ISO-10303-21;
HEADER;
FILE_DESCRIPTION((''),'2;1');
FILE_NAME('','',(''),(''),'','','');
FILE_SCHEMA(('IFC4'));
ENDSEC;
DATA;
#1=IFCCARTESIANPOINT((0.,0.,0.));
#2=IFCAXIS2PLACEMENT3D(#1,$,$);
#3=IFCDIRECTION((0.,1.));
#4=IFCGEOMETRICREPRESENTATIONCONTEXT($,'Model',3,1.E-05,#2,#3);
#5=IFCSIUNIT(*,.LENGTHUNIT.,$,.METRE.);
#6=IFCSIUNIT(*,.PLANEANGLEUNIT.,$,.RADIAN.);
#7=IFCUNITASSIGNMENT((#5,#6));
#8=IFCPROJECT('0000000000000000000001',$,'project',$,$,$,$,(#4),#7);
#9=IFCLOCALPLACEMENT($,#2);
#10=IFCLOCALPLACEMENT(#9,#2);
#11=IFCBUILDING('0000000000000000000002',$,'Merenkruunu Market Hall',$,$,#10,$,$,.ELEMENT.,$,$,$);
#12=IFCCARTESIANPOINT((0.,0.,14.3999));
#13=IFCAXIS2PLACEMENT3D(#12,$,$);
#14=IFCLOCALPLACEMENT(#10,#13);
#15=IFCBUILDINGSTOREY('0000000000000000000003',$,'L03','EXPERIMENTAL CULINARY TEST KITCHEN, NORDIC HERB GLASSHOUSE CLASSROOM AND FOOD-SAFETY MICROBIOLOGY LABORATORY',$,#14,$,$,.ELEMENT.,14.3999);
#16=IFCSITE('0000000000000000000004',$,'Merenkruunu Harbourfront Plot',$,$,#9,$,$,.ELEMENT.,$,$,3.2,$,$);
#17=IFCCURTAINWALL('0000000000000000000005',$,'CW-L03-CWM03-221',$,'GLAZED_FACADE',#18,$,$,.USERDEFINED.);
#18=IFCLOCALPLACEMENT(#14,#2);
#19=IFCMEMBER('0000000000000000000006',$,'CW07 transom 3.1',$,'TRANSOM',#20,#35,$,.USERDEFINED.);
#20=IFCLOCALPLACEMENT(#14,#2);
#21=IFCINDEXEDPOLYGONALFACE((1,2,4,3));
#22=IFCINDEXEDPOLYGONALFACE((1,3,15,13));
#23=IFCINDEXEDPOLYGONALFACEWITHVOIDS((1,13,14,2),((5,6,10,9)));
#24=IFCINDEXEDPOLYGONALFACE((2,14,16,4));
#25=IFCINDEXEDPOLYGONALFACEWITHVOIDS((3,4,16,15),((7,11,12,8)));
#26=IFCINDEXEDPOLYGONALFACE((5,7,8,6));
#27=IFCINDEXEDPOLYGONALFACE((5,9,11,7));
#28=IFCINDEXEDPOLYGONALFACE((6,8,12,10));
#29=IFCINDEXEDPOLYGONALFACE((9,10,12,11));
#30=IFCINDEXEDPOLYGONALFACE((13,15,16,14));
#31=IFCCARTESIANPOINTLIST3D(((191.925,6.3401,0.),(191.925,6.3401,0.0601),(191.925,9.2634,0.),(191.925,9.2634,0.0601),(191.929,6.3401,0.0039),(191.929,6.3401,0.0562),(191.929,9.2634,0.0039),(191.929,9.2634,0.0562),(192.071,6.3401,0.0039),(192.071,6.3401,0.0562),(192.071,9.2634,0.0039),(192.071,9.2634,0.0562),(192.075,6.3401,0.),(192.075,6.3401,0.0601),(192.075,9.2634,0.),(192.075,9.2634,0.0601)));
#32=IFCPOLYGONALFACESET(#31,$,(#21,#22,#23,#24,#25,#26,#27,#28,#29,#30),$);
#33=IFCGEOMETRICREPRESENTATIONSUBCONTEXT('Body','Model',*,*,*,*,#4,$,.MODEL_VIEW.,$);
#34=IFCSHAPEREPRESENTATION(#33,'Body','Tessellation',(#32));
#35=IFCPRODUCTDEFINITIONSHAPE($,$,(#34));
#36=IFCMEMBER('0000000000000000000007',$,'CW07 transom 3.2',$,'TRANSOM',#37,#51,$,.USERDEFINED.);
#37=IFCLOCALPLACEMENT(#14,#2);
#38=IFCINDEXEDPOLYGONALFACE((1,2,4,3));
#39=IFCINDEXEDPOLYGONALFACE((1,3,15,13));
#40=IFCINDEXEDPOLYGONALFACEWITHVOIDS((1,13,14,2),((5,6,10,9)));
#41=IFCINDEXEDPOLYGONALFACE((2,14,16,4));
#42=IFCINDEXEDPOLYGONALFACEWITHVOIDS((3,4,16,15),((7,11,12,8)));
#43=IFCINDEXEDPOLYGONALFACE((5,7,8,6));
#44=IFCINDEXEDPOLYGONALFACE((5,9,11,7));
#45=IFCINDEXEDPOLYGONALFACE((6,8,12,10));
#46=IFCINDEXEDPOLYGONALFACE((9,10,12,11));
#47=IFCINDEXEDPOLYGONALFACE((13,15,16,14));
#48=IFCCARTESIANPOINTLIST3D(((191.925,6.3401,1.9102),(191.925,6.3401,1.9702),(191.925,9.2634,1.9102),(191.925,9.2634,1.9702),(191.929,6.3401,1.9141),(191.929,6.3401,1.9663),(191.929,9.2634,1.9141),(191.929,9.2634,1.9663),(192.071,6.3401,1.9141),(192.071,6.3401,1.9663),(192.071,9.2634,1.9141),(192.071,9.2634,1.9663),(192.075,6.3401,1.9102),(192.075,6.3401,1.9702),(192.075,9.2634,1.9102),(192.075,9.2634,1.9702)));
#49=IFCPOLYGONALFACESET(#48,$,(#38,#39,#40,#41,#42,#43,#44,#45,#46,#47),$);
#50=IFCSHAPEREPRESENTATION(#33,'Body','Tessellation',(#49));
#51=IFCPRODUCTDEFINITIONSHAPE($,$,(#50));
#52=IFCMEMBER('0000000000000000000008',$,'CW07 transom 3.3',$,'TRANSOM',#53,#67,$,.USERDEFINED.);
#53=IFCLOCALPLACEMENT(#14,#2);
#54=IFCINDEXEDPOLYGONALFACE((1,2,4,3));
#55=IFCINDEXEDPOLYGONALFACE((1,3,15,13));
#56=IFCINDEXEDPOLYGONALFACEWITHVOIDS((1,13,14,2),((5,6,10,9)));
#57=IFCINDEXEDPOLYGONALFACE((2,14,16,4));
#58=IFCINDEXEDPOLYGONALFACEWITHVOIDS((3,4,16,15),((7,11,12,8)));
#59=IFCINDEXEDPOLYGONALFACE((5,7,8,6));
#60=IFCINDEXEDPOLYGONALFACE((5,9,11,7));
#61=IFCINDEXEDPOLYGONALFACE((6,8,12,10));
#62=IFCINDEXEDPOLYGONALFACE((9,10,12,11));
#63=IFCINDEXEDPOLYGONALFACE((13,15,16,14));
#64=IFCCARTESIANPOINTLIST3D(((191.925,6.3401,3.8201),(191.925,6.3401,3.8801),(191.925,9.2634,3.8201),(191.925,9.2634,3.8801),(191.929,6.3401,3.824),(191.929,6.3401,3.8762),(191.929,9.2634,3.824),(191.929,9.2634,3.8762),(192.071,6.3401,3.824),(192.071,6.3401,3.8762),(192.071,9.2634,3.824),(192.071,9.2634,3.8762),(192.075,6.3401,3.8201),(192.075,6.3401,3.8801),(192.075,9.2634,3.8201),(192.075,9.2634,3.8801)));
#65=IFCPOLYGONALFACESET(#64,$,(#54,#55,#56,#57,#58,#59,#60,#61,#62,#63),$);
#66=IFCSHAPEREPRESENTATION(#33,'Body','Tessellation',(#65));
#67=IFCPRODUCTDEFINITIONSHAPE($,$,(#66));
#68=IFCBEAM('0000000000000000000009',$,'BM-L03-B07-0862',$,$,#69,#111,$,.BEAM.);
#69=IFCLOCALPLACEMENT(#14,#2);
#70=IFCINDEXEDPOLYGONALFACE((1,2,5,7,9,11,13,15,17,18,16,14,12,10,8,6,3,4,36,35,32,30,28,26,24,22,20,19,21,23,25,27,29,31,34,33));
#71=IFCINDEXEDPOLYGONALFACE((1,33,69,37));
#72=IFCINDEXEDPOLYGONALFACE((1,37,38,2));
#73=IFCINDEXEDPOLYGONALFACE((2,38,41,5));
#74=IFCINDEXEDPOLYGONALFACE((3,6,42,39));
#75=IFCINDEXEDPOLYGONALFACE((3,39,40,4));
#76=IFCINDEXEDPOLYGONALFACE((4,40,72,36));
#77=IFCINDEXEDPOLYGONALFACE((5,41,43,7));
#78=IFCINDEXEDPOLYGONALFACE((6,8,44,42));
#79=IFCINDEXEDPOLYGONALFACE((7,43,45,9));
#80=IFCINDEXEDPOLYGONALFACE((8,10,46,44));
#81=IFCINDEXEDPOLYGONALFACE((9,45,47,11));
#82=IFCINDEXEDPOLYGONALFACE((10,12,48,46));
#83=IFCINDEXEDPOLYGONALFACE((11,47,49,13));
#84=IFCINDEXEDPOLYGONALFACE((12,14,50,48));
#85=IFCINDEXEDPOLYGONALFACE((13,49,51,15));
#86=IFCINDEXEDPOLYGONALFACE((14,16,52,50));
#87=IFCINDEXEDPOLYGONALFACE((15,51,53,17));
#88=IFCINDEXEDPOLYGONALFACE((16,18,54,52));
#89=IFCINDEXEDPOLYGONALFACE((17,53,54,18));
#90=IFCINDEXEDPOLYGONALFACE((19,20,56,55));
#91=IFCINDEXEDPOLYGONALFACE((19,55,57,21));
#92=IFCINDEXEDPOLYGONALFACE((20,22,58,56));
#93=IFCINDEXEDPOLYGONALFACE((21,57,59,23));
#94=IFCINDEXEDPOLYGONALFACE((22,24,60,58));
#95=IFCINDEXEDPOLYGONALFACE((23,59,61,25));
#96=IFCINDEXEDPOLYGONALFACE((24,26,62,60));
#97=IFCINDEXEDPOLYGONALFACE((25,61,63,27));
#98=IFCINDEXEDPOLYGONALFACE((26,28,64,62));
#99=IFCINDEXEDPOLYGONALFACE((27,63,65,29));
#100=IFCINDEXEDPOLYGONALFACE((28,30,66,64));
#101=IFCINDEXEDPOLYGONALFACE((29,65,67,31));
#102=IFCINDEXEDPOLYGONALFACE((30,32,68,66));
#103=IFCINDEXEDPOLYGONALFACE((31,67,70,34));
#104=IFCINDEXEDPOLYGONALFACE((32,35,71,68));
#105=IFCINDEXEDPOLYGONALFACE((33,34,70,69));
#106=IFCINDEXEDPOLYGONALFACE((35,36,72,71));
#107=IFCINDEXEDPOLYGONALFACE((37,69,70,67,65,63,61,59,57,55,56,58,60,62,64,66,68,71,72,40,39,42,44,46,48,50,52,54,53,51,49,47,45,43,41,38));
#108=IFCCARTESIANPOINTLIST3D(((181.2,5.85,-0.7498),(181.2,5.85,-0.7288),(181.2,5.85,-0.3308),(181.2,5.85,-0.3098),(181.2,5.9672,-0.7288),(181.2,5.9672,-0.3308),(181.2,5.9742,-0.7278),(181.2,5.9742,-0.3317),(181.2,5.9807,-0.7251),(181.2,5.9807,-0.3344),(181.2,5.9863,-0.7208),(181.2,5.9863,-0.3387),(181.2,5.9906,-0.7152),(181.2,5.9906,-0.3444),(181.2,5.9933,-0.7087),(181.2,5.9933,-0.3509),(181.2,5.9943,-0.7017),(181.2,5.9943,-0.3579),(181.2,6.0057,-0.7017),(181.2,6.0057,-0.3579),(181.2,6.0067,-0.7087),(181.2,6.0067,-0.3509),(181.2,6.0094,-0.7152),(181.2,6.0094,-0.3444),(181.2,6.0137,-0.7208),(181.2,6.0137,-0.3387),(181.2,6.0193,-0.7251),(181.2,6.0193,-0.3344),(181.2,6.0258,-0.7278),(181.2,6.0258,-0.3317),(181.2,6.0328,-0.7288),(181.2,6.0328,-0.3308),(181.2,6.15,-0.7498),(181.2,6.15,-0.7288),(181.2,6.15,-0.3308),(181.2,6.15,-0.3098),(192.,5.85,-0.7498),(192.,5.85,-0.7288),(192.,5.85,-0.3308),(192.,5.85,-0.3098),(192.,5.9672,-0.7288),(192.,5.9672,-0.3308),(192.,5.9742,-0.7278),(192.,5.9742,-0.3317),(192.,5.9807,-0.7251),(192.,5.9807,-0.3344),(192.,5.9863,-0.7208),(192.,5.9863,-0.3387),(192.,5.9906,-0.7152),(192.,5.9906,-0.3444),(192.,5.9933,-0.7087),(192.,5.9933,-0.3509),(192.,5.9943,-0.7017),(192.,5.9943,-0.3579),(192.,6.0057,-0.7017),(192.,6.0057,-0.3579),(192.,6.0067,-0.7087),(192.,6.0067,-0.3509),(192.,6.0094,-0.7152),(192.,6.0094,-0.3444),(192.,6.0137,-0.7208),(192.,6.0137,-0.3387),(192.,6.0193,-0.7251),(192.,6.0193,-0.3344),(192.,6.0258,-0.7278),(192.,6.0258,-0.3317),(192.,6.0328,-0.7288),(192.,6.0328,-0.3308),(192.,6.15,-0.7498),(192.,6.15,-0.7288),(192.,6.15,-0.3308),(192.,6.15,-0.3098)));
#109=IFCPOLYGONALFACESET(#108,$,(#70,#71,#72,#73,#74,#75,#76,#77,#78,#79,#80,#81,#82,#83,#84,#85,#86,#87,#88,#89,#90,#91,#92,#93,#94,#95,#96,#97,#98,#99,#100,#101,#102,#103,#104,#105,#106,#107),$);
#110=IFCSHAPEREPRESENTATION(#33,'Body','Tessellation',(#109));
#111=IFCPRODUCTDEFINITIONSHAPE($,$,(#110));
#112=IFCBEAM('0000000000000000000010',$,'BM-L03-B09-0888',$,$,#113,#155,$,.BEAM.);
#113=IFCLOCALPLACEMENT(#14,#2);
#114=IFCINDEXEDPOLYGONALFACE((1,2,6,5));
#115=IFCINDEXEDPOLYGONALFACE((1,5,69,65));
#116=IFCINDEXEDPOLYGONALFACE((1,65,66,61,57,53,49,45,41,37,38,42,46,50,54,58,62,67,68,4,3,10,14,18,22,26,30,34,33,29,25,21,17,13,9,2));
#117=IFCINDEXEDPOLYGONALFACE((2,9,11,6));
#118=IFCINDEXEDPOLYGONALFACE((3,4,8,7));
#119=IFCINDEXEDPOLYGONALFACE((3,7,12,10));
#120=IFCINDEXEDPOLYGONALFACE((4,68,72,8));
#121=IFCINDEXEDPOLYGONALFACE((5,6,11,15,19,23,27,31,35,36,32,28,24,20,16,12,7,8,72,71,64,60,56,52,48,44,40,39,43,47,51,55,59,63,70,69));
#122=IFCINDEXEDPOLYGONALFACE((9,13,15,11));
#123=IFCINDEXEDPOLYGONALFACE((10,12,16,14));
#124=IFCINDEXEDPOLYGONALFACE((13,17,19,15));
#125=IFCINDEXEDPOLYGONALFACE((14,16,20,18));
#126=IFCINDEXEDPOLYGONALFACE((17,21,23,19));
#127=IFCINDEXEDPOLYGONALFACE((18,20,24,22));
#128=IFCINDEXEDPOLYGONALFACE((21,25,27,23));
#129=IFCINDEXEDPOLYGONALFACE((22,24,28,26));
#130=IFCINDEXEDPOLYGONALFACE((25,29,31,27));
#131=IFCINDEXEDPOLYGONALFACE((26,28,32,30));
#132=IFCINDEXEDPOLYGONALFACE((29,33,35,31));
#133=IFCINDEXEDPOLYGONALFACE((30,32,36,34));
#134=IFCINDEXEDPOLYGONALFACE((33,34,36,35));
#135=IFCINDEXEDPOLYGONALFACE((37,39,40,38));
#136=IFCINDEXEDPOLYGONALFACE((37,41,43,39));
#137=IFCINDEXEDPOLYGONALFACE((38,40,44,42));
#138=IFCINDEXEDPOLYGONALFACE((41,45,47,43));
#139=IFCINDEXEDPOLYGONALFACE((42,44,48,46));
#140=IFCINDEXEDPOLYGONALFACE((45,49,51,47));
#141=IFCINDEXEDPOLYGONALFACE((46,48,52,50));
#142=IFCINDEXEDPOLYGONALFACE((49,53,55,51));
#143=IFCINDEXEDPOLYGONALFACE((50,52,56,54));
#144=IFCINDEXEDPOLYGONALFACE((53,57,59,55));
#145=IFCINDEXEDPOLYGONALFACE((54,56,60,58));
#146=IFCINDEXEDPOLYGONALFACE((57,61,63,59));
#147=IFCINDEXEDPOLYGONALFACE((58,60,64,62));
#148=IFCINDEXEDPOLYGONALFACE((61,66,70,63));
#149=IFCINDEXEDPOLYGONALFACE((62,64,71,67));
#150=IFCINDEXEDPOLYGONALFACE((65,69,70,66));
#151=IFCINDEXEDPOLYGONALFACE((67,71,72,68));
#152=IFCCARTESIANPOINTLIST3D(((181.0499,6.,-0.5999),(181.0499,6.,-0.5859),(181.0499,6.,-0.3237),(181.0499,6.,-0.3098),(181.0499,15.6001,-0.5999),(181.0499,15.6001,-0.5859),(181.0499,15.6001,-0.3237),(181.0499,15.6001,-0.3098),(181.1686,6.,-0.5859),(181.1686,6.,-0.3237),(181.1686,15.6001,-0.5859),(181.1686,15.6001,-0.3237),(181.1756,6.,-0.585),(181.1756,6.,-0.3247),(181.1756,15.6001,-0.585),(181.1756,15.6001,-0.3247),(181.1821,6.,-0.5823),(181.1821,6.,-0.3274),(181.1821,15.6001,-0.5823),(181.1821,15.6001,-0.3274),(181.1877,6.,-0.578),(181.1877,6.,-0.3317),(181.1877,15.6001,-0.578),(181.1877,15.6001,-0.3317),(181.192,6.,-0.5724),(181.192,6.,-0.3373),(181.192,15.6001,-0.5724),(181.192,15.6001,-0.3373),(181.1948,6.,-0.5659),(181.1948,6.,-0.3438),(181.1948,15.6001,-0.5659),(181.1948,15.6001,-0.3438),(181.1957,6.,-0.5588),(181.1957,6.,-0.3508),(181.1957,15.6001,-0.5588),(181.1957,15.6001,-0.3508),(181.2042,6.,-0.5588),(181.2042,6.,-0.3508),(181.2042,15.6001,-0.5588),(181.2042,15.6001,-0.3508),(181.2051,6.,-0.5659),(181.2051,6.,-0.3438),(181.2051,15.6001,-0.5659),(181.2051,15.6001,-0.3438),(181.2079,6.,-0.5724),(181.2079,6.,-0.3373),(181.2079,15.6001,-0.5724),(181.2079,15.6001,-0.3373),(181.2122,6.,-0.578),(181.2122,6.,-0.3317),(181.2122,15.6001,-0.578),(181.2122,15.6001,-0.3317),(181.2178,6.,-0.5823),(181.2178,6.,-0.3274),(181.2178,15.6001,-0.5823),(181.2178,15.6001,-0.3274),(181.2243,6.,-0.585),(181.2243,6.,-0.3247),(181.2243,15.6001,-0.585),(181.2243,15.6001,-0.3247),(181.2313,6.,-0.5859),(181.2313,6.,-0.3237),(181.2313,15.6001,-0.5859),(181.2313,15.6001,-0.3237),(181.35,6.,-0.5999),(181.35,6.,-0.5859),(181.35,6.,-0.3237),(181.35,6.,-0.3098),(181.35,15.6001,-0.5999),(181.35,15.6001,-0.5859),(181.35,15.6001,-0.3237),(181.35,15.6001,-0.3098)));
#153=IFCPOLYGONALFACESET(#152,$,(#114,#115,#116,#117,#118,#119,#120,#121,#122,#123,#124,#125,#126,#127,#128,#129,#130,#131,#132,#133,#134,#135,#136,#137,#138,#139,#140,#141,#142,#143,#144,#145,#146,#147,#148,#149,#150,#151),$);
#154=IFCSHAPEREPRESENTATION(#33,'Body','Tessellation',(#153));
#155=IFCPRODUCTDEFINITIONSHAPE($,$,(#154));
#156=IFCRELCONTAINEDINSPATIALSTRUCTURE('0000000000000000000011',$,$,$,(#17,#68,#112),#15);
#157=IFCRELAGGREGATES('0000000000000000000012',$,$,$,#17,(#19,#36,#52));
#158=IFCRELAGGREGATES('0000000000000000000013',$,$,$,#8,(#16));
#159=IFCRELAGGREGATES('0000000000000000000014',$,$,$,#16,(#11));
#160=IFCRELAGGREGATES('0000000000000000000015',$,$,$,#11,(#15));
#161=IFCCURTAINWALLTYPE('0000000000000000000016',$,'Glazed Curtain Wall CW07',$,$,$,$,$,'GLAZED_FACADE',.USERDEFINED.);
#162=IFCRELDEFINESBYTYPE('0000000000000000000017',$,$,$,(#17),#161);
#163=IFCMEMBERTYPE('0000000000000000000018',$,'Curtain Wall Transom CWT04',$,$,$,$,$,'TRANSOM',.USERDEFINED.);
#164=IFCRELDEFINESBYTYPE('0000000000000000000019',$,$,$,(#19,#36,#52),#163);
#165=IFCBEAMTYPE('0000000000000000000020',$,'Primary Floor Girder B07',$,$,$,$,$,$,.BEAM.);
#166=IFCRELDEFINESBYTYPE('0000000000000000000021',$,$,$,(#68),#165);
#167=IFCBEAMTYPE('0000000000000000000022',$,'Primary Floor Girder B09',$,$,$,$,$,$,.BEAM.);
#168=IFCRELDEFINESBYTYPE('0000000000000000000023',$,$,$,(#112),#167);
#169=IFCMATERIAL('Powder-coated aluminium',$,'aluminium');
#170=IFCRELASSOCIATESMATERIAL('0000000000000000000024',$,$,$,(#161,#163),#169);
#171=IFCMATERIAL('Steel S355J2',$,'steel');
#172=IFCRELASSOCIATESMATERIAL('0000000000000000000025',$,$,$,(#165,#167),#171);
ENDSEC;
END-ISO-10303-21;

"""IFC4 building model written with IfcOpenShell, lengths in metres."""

from ifc_helpers import new_model, si_unit, direction, frame, origin, origin_2d, place, context, subcontext, project, spatial, hollow_rectangle, i_section, extrude, material, material_profile, profile_set, type_object, element, aggregate, save


model = new_model("IFC4")

# Units and contexts
model_context = context("Model", 3, precision=1e-05, world=origin(), true_north=direction((0.0, 1.0)))
body_context = subcontext(model_context, "Body", "Model", "MODEL_VIEW")
ifc_project = project(units=[si_unit("LENGTHUNIT", "METRE"), si_unit("PLANEANGLEUNIT", "RADIAN")], contexts=[model_context])

# Site, building, storey
site_placement = place(None, origin())
site = spatial("IfcSite", under=ifc_project, at=site_placement, Name="Merenkruunu Harbourfront Plot", CompositionType="ELEMENT", RefElevation=3.2)
building_placement = place(site_placement, origin())
building = spatial("IfcBuilding", under=site, at=building_placement, Name="Merenkruunu Market Hall", CompositionType="ELEMENT")
storey_placement = place(building_placement, frame((0.0, 0.0, 14.3999)))
storey = spatial("IfcBuildingStorey", under=building, at=storey_placement, Name="L03", Description="EXPERIMENTAL CULINARY TEST KITCHEN, NORDIC HERB GLASSHOUSE CLASSROOM AND FOOD-SAFETY MICROBIOLOGY LABORATORY", CompositionType="ELEMENT", Elevation=14.3999)

# Shared definitions
ifc_material_1 = material(Name="Steel S355J2", Category="steel")

# Curtain wall, members
ifc_material_2 = material(Name="Powder-coated aluminium", Category="aluminium")
curtain_wall_type = type_object("IfcCurtainWallType", Name="Glazed Curtain Wall CW07", ElementType="GLAZED_FACADE", PredefinedType="USERDEFINED", material=ifc_material_2)
curtain_wall_placement = place(storey_placement, origin())
curtain_wall = element("IfcCurtainWall", 1, at=curtain_wall_placement, inside=storey, type_object=curtain_wall_type, Name="CW-L03-CWM03-221", ObjectType="GLAZED_FACADE", PredefinedType="USERDEFINED")
ifc_material_profile_1 = material_profile(ifc_material_2, hollow_rectangle(XDim=0.0601, YDim=0.1499, WallThickness=0.0039, at=origin_2d()), Name="ALU 60x150x4")
ifc_profile_set_1 = profile_set([ifc_material_profile_1], Name="Powder-coated aluminium")
member_type_1 = type_object("IfcMemberType", Name="Curtain Wall Transom CWT04", ElementType="TRANSOM", PredefinedType="USERDEFINED", material=ifc_profile_set_1)
member_1_placement = place(storey_placement, frame((192.0, 9.2634, 0.03), z_axis=(0.0, -1.0, 0.0), x_axis=(0.0, 0.0, 1.0)))
member_1 = element("IfcMember", 2, at=member_1_placement, type_object=member_type_1, Name="CW07 transom 3.1", ObjectType="TRANSOM", PredefinedType="USERDEFINED", context=body_context, shape_type="SweptSolid", body=[
    extrude(hollow_rectangle(XDim=0.0601, YDim=0.1499, WallThickness=0.0039, at=origin_2d()), origin(), (0.0, 0.0, 1.0), 2.9233),
])
member_2_placement = place(storey_placement, frame((192.0, 9.2634, 1.9402), z_axis=(0.0, -1.0, 0.0), x_axis=(0.0, 0.0, 1.0)))
member_2 = element("IfcMember", 3, at=member_2_placement, type_object=member_type_1, Name="CW07 transom 3.2", ObjectType="TRANSOM", PredefinedType="USERDEFINED", context=body_context, shape_type="SweptSolid", body=[
    extrude(hollow_rectangle(XDim=0.0601, YDim=0.1499, WallThickness=0.0039, at=origin_2d()), origin(), (0.0, 0.0, 1.0), 2.9233),
])
member_3_placement = place(storey_placement, frame((192.0, 9.2634, 3.8501), z_axis=(0.0, -1.0, 0.0), x_axis=(0.0, 0.0, 1.0)))
member_3 = element("IfcMember", 4, at=member_3_placement, type_object=member_type_1, Name="CW07 transom 3.3", ObjectType="TRANSOM", PredefinedType="USERDEFINED", context=body_context, shape_type="SweptSolid", body=[
    extrude(hollow_rectangle(XDim=0.0601, YDim=0.1499, WallThickness=0.0039, at=origin_2d()), origin(), (0.0, 0.0, 1.0), 2.9233),
])

# Beams
ifc_material_profile_2 = material_profile(ifc_material_1, i_section(OverallWidth=0.3, OverallDepth=0.4399, WebThickness=0.0115, FlangeThickness=0.021, FilletRadius=0.0271, at=origin_2d()), Name="HEA 450")
ifc_profile_set_2 = profile_set([ifc_material_profile_2], Name="Steel S355J2")
beam_type_1 = type_object("IfcBeamType", Name="Primary Floor Girder B07", PredefinedType="BEAM", material=ifc_profile_set_2)
beam_1_placement = place(storey_placement, frame((181.2, 6.0, -0.5298), z_axis=(1.0, 0.0, 0.0), x_axis=(0.0, 1.0, 0.0)))
element("IfcBeam", 5, at=beam_1_placement, inside=storey, type_object=beam_type_1, Name="BM-L03-B07-0862", PredefinedType="BEAM", context=body_context, shape_type="SweptSolid", body=[
    extrude(i_section(OverallWidth=0.3, OverallDepth=0.4399, WebThickness=0.0115, FlangeThickness=0.021, FilletRadius=0.0271, at=origin_2d()), origin(), (0.0, 0.0, 1.0), 10.8),
])
ifc_material_profile_3 = material_profile(ifc_material_1, i_section(OverallWidth=0.3, OverallDepth=0.29, WebThickness=0.0085, FlangeThickness=0.0139, FilletRadius=0.0271, at=origin_2d()), Name="HEA 300")
ifc_profile_set_3 = profile_set([ifc_material_profile_3], Name="Steel S355J2")
beam_type_2 = type_object("IfcBeamType", Name="Primary Floor Girder B09", PredefinedType="BEAM", material=ifc_profile_set_3)
beam_2_placement = place(storey_placement, frame((181.2, 6.0, -0.4548), z_axis=(0.0, 1.0, 0.0), x_axis=(-1.0, 0.0, 0.0)))
element("IfcBeam", 6, at=beam_2_placement, inside=storey, type_object=beam_type_2, Name="BM-L03-B09-0888", PredefinedType="BEAM", context=body_context, shape_type="SweptSolid", body=[
    extrude(i_section(OverallWidth=0.3, OverallDepth=0.29, WebThickness=0.0085, FlangeThickness=0.0139, FilletRadius=0.0271, at=origin_2d()), origin(), (0.0, 0.0, 1.0), 9.6001),
])

aggregate(curtain_wall, [member_1, member_2, member_3])

save(model, "model.ifc")
